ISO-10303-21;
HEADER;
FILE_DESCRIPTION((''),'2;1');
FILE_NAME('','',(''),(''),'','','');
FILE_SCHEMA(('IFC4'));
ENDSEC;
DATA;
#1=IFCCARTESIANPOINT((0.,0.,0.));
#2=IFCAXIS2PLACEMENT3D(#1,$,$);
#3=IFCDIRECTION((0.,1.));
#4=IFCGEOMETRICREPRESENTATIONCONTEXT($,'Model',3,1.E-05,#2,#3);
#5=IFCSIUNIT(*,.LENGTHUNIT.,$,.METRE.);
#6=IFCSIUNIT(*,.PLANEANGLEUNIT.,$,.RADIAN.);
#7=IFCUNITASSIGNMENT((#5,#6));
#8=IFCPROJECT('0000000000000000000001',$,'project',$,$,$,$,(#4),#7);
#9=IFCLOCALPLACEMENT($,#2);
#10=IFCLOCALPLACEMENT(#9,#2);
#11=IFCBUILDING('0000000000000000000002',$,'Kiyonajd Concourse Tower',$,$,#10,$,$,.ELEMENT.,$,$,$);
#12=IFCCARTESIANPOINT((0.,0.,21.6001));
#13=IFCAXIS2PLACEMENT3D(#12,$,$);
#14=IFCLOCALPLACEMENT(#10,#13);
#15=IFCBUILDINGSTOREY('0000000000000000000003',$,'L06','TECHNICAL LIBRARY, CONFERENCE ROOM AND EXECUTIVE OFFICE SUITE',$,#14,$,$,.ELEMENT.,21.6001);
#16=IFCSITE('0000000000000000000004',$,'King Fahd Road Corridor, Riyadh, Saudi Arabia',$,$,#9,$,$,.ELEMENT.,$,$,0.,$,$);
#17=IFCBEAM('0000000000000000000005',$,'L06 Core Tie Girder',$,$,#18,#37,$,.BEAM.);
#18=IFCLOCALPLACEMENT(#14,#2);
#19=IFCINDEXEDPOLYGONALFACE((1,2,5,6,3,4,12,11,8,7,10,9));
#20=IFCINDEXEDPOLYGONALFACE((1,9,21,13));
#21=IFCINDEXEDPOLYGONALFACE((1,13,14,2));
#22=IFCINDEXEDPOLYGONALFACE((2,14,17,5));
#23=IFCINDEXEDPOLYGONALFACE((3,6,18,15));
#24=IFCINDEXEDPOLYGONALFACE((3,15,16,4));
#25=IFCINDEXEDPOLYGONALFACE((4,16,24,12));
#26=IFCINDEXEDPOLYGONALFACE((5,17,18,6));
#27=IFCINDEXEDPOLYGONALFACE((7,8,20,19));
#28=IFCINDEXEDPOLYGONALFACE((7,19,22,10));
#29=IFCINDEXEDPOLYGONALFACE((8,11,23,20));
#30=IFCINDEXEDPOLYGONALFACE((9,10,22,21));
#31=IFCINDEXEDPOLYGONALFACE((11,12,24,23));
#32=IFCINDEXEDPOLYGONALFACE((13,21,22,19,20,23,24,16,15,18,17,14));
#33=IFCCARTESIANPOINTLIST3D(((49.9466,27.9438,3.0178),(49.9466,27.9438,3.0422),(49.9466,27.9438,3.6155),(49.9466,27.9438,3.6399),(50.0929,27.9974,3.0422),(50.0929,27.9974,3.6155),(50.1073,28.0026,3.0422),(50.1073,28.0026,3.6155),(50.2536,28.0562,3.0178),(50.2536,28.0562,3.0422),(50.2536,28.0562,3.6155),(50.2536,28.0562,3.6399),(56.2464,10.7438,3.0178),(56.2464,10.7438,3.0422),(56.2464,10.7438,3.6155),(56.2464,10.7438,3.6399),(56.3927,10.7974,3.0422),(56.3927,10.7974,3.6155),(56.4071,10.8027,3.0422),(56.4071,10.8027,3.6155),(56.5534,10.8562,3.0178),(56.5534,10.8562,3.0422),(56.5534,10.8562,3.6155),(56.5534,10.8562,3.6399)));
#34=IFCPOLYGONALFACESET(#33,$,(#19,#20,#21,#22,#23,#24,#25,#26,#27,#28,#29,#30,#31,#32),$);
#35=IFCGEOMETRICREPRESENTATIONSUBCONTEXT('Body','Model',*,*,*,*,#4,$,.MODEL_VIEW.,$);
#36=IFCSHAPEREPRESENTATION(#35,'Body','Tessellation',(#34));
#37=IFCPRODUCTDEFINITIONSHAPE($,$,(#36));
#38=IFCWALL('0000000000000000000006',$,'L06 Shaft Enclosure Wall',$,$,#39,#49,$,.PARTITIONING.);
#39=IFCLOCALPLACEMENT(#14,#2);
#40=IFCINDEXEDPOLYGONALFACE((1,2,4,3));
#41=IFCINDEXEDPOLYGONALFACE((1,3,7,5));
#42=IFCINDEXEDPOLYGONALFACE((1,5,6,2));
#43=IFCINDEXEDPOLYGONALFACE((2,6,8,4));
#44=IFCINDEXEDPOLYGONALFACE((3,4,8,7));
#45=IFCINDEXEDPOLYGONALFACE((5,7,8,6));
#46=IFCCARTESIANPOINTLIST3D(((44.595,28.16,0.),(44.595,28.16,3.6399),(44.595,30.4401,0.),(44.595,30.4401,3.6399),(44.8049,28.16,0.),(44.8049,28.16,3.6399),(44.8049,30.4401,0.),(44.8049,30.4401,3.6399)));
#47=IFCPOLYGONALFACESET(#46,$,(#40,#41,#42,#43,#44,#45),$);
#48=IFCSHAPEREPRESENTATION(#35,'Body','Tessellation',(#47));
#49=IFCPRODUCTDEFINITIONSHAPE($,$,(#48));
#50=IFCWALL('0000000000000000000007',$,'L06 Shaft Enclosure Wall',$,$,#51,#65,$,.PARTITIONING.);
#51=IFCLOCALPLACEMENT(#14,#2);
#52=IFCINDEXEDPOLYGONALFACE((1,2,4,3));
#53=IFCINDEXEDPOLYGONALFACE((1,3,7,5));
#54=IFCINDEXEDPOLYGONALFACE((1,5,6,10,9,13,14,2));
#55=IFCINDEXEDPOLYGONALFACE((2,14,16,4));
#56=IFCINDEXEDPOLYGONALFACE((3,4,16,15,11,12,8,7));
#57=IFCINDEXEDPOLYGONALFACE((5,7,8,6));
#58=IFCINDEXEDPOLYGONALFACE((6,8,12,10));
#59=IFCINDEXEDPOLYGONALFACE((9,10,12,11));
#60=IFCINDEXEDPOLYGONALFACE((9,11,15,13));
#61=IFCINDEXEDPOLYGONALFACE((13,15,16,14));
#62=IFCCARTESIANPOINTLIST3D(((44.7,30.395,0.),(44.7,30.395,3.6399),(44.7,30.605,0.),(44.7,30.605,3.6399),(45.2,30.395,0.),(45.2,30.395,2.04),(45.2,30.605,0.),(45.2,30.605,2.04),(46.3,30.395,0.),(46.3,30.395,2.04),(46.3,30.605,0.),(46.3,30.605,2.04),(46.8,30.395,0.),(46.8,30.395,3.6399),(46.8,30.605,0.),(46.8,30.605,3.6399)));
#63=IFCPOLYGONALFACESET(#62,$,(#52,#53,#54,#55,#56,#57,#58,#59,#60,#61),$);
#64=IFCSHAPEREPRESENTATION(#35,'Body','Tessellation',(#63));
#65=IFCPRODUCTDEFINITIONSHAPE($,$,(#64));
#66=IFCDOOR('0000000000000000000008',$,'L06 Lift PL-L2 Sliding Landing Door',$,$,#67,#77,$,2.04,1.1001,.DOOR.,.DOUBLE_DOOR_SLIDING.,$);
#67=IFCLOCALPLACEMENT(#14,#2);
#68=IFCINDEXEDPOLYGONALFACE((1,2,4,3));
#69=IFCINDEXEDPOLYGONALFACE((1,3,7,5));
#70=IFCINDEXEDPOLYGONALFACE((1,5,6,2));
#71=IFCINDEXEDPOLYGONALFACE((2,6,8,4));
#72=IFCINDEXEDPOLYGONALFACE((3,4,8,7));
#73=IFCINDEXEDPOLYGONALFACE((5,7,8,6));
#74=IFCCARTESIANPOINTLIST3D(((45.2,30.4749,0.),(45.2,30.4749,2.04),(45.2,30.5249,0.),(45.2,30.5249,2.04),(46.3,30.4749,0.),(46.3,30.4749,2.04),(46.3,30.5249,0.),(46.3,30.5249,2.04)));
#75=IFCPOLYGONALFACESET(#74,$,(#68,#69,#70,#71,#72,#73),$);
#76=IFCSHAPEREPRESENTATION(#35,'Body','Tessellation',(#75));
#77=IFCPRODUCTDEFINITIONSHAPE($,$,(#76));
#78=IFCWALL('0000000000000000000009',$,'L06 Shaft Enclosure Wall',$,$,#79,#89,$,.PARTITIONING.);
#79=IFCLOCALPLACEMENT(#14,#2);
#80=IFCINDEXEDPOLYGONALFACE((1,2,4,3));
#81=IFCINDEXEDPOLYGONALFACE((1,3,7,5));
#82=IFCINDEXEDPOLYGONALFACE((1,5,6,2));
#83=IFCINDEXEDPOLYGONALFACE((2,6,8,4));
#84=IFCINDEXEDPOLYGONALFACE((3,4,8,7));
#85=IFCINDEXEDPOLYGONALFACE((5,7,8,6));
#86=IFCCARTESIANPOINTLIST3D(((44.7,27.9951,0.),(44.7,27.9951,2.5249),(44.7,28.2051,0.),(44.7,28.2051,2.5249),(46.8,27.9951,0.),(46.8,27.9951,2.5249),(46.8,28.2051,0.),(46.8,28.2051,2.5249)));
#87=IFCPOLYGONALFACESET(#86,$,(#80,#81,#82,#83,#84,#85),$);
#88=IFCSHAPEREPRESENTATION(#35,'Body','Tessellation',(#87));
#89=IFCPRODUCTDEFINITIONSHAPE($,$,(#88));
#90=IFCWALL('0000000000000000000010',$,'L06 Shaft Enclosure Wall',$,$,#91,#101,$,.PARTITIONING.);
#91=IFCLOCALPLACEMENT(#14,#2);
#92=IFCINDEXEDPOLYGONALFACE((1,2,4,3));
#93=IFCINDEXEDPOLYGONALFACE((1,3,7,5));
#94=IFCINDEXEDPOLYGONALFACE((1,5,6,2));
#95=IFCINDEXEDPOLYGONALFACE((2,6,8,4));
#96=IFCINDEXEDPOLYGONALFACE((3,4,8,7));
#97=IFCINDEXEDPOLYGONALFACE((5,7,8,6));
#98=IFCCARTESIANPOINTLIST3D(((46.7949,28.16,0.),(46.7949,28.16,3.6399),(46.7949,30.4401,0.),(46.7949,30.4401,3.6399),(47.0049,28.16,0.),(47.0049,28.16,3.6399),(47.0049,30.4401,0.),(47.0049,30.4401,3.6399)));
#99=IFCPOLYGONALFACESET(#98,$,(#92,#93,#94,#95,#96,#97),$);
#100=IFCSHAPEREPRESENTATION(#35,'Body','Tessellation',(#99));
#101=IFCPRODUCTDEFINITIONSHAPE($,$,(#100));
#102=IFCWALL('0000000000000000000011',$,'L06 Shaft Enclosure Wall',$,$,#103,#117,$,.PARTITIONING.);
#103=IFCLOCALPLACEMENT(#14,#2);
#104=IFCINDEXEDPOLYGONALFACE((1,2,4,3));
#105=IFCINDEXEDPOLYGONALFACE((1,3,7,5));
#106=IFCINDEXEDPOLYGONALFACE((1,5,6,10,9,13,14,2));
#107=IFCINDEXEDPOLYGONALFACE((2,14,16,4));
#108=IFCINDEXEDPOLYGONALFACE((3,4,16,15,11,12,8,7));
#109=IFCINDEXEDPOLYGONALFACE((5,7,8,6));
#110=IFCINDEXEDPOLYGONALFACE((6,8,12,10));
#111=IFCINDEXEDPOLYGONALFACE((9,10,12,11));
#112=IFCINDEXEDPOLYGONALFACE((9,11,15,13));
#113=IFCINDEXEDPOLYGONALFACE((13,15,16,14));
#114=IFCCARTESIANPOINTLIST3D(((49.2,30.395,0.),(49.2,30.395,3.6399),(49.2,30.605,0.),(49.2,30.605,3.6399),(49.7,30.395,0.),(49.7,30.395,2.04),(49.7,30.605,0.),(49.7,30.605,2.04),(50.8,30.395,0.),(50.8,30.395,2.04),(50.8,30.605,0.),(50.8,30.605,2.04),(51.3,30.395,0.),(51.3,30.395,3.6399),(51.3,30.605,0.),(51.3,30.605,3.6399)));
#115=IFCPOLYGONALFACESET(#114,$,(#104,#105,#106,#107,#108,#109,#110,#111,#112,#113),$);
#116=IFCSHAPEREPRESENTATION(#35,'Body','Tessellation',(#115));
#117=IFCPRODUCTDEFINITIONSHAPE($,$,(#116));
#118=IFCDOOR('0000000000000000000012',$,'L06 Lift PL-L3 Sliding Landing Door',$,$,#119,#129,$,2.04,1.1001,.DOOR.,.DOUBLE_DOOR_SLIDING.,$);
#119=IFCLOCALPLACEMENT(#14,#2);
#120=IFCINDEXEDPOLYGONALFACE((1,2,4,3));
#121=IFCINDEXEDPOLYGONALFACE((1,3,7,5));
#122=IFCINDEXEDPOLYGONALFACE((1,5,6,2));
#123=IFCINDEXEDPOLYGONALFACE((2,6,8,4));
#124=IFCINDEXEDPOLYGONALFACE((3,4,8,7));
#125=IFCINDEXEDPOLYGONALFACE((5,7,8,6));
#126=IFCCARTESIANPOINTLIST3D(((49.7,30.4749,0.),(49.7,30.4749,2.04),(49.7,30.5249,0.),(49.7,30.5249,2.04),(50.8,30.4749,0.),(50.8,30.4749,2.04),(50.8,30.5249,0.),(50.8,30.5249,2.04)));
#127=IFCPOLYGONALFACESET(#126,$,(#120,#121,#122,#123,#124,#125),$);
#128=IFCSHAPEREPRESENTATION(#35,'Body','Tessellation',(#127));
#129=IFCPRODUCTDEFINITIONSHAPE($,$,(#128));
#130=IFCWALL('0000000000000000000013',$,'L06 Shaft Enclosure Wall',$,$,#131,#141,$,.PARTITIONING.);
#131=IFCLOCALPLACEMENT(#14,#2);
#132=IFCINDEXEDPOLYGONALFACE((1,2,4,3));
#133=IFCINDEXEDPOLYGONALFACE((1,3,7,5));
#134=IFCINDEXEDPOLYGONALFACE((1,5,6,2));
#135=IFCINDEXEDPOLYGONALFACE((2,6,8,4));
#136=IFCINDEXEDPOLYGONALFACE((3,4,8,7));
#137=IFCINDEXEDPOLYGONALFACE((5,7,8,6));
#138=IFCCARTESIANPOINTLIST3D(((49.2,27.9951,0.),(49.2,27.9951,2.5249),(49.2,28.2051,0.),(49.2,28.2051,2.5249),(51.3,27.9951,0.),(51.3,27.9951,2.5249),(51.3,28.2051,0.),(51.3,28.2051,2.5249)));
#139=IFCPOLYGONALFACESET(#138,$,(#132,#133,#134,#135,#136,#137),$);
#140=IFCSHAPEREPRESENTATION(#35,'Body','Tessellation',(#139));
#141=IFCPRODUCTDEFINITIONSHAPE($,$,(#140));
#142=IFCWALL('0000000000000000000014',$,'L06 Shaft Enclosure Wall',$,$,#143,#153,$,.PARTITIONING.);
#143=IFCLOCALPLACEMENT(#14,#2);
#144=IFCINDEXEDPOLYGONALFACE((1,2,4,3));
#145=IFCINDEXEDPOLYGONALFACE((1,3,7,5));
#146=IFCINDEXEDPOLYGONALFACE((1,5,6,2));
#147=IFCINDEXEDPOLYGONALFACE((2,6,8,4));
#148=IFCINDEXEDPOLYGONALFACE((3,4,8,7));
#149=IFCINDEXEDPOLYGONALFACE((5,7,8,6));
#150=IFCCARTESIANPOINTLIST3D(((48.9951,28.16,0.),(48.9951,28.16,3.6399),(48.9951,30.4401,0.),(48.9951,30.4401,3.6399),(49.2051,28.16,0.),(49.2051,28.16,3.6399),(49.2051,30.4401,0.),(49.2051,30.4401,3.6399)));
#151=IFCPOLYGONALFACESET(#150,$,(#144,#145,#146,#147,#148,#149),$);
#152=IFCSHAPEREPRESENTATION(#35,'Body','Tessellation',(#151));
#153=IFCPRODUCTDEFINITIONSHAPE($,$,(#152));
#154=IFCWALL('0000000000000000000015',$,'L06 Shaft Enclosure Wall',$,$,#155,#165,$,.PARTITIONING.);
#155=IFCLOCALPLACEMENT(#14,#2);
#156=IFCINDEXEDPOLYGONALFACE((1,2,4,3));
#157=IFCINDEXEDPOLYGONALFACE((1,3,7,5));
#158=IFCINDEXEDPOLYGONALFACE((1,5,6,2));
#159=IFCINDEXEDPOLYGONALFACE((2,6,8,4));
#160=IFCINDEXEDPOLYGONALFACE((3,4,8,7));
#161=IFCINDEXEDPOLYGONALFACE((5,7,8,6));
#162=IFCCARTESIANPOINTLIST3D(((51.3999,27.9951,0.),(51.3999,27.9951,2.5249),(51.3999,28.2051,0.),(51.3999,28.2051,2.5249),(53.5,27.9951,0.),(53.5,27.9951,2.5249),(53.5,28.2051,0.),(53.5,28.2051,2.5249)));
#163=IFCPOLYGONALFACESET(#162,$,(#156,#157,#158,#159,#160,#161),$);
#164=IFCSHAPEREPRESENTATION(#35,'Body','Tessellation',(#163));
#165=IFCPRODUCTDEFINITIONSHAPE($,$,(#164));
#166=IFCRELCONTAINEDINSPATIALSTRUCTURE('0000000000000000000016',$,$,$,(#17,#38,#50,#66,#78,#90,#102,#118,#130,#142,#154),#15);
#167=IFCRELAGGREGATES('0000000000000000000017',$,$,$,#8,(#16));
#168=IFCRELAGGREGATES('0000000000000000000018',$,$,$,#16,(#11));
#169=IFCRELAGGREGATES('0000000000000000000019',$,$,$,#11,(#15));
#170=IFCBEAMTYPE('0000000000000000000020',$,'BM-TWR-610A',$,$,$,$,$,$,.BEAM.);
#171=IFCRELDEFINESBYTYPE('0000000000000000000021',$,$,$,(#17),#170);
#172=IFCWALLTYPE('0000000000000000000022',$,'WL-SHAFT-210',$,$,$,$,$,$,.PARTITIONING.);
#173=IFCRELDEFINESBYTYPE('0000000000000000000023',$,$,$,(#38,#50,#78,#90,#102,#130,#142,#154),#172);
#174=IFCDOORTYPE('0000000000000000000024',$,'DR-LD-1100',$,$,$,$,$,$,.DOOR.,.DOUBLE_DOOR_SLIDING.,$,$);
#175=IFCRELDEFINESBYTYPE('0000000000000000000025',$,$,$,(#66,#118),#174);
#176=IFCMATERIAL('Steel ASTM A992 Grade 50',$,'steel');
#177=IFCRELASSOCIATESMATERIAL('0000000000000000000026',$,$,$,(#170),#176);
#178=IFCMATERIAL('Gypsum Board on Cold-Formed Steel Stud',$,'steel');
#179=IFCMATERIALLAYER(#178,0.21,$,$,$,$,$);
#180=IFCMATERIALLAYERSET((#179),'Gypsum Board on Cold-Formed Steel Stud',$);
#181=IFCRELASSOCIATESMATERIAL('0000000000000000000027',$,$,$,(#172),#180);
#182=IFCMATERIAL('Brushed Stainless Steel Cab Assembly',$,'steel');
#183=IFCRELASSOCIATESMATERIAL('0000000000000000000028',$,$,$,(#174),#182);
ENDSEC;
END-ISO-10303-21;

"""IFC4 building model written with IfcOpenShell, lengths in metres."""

from ifc_helpers import new_model, si_unit, direction, frame, frame_2d, origin, origin_2d, place, context, subcontext, project, spatial, rectangle, i_section, extrude, material, layer, layer_set, material_profile, profile_set, type_object, element, fill, save


model = new_model("IFC4")

# Units and contexts
model_context = context("Model", 3, precision=1e-05, world=origin(), true_north=direction((0.0, 1.0)))
body_context = subcontext(model_context, "Body", "Model", "MODEL_VIEW")
ifc_project = project(units=[si_unit("LENGTHUNIT", "METRE"), si_unit("PLANEANGLEUNIT", "RADIAN")], contexts=[model_context])

# Site, building, storey
site_placement = place(None, origin())
site = spatial("IfcSite", under=ifc_project, at=site_placement, Name="King Fahd Road Corridor, Riyadh, Saudi Arabia", CompositionType="ELEMENT", RefElevation=0.0)
building_placement = place(site_placement, origin())
building = spatial("IfcBuilding", under=site, at=building_placement, Name="Kiyonajd Concourse Tower", CompositionType="ELEMENT")
storey_placement = place(building_placement, frame((0.0, 0.0, 21.6001)))
storey = spatial("IfcBuildingStorey", under=building, at=storey_placement, Name="L06", Description="TECHNICAL LIBRARY, CONFERENCE ROOM AND EXECUTIVE OFFICE SUITE", CompositionType="ELEMENT", Elevation=21.6001)

# Beam
ifc_material_1 = material(Name="Steel ASTM A992 Grade 50", Category="steel")
ifc_material_profile = material_profile(ifc_material_1, i_section(OverallWidth=0.3269, OverallDepth=0.6221, WebThickness=0.0154, FlangeThickness=0.0244, at=origin_2d()), Name="W610X195")
ifc_profile_set = profile_set([ifc_material_profile], Name="Steel ASTM A992 Grade 50")
beam_type = type_object("IfcBeamType", Name="BM-TWR-610A", PredefinedType="BEAM", material=ifc_profile_set)
beam_placement = place(storey_placement, frame((50.1001, 28.0, 3.3289), z_axis=(0.343925, -0.938997, 0.0), x_axis=(0.938997, 0.343925, 0.0)))
element("IfcBeam", 1, at=beam_placement, inside=storey, type_object=beam_type, Name="L06 Core Tie Girder", PredefinedType="BEAM", context=body_context, shape_type="SweptSolid", body=[
    extrude(i_section(OverallWidth=0.3269, OverallDepth=0.6221, WebThickness=0.0154, FlangeThickness=0.0244, at=origin_2d()), origin(), (0.0, 0.0, 1.0), 18.3174),
])

# Wall
ifc_material_2 = material(Name="Gypsum Board on Cold-Formed Steel Stud", Category="steel")
ifc_layer_1 = layer(ifc_material_2, 0.21)
ifc_layer_set_1 = layer_set([ifc_layer_1], Name="Gypsum Board on Cold-Formed Steel Stud")
wall_type_1 = type_object("IfcWallType", Name="WL-SHAFT-210", PredefinedType="PARTITIONING", material=ifc_layer_set_1)
wall_1_placement = place(storey_placement, frame((44.7, 28.1599, 0.0), z_axis=(0.0, 0.0, 1.0), x_axis=(0.0, 1.0, 0.0)))
element("IfcWall", 2, at=wall_1_placement, inside=storey, type_object=wall_type_1, Name="L06 Shaft Enclosure Wall", PredefinedType="PARTITIONING", context=body_context, shape_type="SweptSolid", body=[
    extrude(rectangle(XDim=2.28, YDim=0.21, at=frame_2d((1.1401, 0.0))), origin(), (0.0, 0.0, 1.0), 3.6399),
])

# Wall, opening, door
wall_2_placement = place(storey_placement, frame((44.7, 30.5, 0.0), z_axis=(0.0, 0.0, 1.0), x_axis=(1.0, 0.0, 0.0)))
wall_2 = element("IfcWall", 3, at=wall_2_placement, inside=storey, type_object=wall_type_1, Name="L06 Shaft Enclosure Wall", PredefinedType="PARTITIONING", context=body_context, shape_type="SweptSolid", body=[
    extrude(rectangle(XDim=2.1001, YDim=0.21, at=frame_2d((1.05, 0.0))), origin(), (0.0, 0.0, 1.0), 3.6399),
])
opening_1_placement = place(wall_2_placement, frame((0.5, 0.0, 0.0)))
opening_1 = element("IfcOpeningElement", 4, at=opening_1_placement, cuts=wall_2, PredefinedType="OPENING", context=body_context, shape_type="SweptSolid", body=[
    extrude(rectangle(XDim=1.1001, YDim=2.04, at=frame_2d((0.55, 1.02))), frame((0.0, 0.115, 0.0), z_axis=(0.0, -1.0, 0.0), x_axis=(1.0, 0.0, 0.0)), (0.0, 0.0, 1.0), 0.23),
])
ifc_material_3 = material(Name="Brushed Stainless Steel Cab Assembly", Category="steel")
door_type_1 = type_object("IfcDoorType", Name="DR-LD-1100", OperationType="DOUBLE_DOOR_SLIDING", PredefinedType="DOOR", material=ifc_material_3)
door_1_placement = place(opening_1_placement, origin())
door_1 = element("IfcDoor", 5, at=door_1_placement, inside=storey, type_object=door_type_1, Name="L06 Lift PL-L2 Sliding Landing Door", OperationType="DOUBLE_DOOR_SLIDING", OverallHeight=2.04, OverallWidth=1.1001, PredefinedType="DOOR", context=body_context, shape_type="SweptSolid", body=[
    extrude(rectangle(XDim=1.1001, YDim=2.04, at=frame_2d((0.55, 1.02))), frame((0.0, 0.0249, 0.0), z_axis=(0.0, -1.0, 0.0), x_axis=(1.0, 0.0, 0.0)), (0.0, 0.0, 1.0), 0.05),
])
fill(opening_1, door_1)

# Walls
wall_3_placement = place(storey_placement, frame((44.7, 28.1001, 0.0), z_axis=(0.0, 0.0, 1.0), x_axis=(1.0, 0.0, 0.0)))
element("IfcWall", 6, at=wall_3_placement, inside=storey, type_object=wall_type_1, Name="L06 Shaft Enclosure Wall", PredefinedType="PARTITIONING", context=body_context, shape_type="SweptSolid", body=[
    extrude(rectangle(XDim=2.1001, YDim=0.21, at=frame_2d((1.05, 0.0))), origin(), (0.0, 0.0, 1.0), 2.5249),
])
wall_4_placement = place(storey_placement, frame((46.8999, 28.1599, 0.0), z_axis=(0.0, 0.0, 1.0), x_axis=(0.0, 1.0, 0.0)))
element("IfcWall", 7, at=wall_4_placement, inside=storey, type_object=wall_type_1, Name="L06 Shaft Enclosure Wall", PredefinedType="PARTITIONING", context=body_context, shape_type="SweptSolid", body=[
    extrude(rectangle(XDim=2.28, YDim=0.21, at=frame_2d((1.1401, 0.0))), origin(), (0.0, 0.0, 1.0), 3.6399),
])

# Wall, opening, door
wall_5_placement = place(storey_placement, frame((49.2, 30.5, 0.0), z_axis=(0.0, 0.0, 1.0), x_axis=(1.0, 0.0, 0.0)))
wall_5 = element("IfcWall", 8, at=wall_5_placement, inside=storey, type_object=wall_type_1, Name="L06 Shaft Enclosure Wall", PredefinedType="PARTITIONING", context=body_context, shape_type="SweptSolid", body=[
    extrude(rectangle(XDim=2.1001, YDim=0.21, at=frame_2d((1.05, 0.0))), origin(), (0.0, 0.0, 1.0), 3.6399),
])
opening_2_placement = place(wall_5_placement, frame((0.5, 0.0, 0.0)))
opening_2 = element("IfcOpeningElement", 9, at=opening_2_placement, cuts=wall_5, PredefinedType="OPENING", context=body_context, shape_type="SweptSolid", body=[
    extrude(rectangle(XDim=1.1001, YDim=2.04, at=frame_2d((0.55, 1.02))), frame((0.0, 0.115, 0.0), z_axis=(0.0, -1.0, 0.0), x_axis=(1.0, 0.0, 0.0)), (0.0, 0.0, 1.0), 0.23),
])
door_2_placement = place(opening_2_placement, origin())
door_2 = element("IfcDoor", 10, at=door_2_placement, inside=storey, type_object=door_type_1, Name="L06 Lift PL-L3 Sliding Landing Door", OperationType="DOUBLE_DOOR_SLIDING", OverallHeight=2.04, OverallWidth=1.1001, PredefinedType="DOOR", context=body_context, shape_type="SweptSolid", body=[
    extrude(rectangle(XDim=1.1001, YDim=2.04, at=frame_2d((0.55, 1.02))), frame((0.0, 0.0249, 0.0), z_axis=(0.0, -1.0, 0.0), x_axis=(1.0, 0.0, 0.0)), (0.0, 0.0, 1.0), 0.05),
])
fill(opening_2, door_2)

# Walls
wall_6_placement = place(storey_placement, frame((49.2, 28.1001, 0.0), z_axis=(0.0, 0.0, 1.0), x_axis=(1.0, 0.0, 0.0)))
element("IfcWall", 11, at=wall_6_placement, inside=storey, type_object=wall_type_1, Name="L06 Shaft Enclosure Wall", PredefinedType="PARTITIONING", context=body_context, shape_type="SweptSolid", body=[
    extrude(rectangle(XDim=2.1001, YDim=0.21, at=frame_2d((1.05, 0.0))), origin(), (0.0, 0.0, 1.0), 2.5249),
])
wall_7_placement = place(storey_placement, frame((49.1001, 28.1599, 0.0), z_axis=(0.0, 0.0, 1.0), x_axis=(0.0, 1.0, 0.0)))
element("IfcWall", 12, at=wall_7_placement, inside=storey, type_object=wall_type_1, Name="L06 Shaft Enclosure Wall", PredefinedType="PARTITIONING", context=body_context, shape_type="SweptSolid", body=[
    extrude(rectangle(XDim=2.28, YDim=0.21, at=frame_2d((1.1401, 0.0))), origin(), (0.0, 0.0, 1.0), 3.6399),
])
wall_8_placement = place(storey_placement, frame((51.3999, 28.1001, 0.0), z_axis=(0.0, 0.0, 1.0), x_axis=(1.0, 0.0, 0.0)))
element("IfcWall", 13, at=wall_8_placement, inside=storey, type_object=wall_type_1, Name="L06 Shaft Enclosure Wall", PredefinedType="PARTITIONING", context=body_context, shape_type="SweptSolid", body=[
    extrude(rectangle(XDim=2.1001, YDim=0.21, at=frame_2d((1.05, 0.0))), origin(), (0.0, 0.0, 1.0), 2.5249),
])

save(model, "model.ifc")
